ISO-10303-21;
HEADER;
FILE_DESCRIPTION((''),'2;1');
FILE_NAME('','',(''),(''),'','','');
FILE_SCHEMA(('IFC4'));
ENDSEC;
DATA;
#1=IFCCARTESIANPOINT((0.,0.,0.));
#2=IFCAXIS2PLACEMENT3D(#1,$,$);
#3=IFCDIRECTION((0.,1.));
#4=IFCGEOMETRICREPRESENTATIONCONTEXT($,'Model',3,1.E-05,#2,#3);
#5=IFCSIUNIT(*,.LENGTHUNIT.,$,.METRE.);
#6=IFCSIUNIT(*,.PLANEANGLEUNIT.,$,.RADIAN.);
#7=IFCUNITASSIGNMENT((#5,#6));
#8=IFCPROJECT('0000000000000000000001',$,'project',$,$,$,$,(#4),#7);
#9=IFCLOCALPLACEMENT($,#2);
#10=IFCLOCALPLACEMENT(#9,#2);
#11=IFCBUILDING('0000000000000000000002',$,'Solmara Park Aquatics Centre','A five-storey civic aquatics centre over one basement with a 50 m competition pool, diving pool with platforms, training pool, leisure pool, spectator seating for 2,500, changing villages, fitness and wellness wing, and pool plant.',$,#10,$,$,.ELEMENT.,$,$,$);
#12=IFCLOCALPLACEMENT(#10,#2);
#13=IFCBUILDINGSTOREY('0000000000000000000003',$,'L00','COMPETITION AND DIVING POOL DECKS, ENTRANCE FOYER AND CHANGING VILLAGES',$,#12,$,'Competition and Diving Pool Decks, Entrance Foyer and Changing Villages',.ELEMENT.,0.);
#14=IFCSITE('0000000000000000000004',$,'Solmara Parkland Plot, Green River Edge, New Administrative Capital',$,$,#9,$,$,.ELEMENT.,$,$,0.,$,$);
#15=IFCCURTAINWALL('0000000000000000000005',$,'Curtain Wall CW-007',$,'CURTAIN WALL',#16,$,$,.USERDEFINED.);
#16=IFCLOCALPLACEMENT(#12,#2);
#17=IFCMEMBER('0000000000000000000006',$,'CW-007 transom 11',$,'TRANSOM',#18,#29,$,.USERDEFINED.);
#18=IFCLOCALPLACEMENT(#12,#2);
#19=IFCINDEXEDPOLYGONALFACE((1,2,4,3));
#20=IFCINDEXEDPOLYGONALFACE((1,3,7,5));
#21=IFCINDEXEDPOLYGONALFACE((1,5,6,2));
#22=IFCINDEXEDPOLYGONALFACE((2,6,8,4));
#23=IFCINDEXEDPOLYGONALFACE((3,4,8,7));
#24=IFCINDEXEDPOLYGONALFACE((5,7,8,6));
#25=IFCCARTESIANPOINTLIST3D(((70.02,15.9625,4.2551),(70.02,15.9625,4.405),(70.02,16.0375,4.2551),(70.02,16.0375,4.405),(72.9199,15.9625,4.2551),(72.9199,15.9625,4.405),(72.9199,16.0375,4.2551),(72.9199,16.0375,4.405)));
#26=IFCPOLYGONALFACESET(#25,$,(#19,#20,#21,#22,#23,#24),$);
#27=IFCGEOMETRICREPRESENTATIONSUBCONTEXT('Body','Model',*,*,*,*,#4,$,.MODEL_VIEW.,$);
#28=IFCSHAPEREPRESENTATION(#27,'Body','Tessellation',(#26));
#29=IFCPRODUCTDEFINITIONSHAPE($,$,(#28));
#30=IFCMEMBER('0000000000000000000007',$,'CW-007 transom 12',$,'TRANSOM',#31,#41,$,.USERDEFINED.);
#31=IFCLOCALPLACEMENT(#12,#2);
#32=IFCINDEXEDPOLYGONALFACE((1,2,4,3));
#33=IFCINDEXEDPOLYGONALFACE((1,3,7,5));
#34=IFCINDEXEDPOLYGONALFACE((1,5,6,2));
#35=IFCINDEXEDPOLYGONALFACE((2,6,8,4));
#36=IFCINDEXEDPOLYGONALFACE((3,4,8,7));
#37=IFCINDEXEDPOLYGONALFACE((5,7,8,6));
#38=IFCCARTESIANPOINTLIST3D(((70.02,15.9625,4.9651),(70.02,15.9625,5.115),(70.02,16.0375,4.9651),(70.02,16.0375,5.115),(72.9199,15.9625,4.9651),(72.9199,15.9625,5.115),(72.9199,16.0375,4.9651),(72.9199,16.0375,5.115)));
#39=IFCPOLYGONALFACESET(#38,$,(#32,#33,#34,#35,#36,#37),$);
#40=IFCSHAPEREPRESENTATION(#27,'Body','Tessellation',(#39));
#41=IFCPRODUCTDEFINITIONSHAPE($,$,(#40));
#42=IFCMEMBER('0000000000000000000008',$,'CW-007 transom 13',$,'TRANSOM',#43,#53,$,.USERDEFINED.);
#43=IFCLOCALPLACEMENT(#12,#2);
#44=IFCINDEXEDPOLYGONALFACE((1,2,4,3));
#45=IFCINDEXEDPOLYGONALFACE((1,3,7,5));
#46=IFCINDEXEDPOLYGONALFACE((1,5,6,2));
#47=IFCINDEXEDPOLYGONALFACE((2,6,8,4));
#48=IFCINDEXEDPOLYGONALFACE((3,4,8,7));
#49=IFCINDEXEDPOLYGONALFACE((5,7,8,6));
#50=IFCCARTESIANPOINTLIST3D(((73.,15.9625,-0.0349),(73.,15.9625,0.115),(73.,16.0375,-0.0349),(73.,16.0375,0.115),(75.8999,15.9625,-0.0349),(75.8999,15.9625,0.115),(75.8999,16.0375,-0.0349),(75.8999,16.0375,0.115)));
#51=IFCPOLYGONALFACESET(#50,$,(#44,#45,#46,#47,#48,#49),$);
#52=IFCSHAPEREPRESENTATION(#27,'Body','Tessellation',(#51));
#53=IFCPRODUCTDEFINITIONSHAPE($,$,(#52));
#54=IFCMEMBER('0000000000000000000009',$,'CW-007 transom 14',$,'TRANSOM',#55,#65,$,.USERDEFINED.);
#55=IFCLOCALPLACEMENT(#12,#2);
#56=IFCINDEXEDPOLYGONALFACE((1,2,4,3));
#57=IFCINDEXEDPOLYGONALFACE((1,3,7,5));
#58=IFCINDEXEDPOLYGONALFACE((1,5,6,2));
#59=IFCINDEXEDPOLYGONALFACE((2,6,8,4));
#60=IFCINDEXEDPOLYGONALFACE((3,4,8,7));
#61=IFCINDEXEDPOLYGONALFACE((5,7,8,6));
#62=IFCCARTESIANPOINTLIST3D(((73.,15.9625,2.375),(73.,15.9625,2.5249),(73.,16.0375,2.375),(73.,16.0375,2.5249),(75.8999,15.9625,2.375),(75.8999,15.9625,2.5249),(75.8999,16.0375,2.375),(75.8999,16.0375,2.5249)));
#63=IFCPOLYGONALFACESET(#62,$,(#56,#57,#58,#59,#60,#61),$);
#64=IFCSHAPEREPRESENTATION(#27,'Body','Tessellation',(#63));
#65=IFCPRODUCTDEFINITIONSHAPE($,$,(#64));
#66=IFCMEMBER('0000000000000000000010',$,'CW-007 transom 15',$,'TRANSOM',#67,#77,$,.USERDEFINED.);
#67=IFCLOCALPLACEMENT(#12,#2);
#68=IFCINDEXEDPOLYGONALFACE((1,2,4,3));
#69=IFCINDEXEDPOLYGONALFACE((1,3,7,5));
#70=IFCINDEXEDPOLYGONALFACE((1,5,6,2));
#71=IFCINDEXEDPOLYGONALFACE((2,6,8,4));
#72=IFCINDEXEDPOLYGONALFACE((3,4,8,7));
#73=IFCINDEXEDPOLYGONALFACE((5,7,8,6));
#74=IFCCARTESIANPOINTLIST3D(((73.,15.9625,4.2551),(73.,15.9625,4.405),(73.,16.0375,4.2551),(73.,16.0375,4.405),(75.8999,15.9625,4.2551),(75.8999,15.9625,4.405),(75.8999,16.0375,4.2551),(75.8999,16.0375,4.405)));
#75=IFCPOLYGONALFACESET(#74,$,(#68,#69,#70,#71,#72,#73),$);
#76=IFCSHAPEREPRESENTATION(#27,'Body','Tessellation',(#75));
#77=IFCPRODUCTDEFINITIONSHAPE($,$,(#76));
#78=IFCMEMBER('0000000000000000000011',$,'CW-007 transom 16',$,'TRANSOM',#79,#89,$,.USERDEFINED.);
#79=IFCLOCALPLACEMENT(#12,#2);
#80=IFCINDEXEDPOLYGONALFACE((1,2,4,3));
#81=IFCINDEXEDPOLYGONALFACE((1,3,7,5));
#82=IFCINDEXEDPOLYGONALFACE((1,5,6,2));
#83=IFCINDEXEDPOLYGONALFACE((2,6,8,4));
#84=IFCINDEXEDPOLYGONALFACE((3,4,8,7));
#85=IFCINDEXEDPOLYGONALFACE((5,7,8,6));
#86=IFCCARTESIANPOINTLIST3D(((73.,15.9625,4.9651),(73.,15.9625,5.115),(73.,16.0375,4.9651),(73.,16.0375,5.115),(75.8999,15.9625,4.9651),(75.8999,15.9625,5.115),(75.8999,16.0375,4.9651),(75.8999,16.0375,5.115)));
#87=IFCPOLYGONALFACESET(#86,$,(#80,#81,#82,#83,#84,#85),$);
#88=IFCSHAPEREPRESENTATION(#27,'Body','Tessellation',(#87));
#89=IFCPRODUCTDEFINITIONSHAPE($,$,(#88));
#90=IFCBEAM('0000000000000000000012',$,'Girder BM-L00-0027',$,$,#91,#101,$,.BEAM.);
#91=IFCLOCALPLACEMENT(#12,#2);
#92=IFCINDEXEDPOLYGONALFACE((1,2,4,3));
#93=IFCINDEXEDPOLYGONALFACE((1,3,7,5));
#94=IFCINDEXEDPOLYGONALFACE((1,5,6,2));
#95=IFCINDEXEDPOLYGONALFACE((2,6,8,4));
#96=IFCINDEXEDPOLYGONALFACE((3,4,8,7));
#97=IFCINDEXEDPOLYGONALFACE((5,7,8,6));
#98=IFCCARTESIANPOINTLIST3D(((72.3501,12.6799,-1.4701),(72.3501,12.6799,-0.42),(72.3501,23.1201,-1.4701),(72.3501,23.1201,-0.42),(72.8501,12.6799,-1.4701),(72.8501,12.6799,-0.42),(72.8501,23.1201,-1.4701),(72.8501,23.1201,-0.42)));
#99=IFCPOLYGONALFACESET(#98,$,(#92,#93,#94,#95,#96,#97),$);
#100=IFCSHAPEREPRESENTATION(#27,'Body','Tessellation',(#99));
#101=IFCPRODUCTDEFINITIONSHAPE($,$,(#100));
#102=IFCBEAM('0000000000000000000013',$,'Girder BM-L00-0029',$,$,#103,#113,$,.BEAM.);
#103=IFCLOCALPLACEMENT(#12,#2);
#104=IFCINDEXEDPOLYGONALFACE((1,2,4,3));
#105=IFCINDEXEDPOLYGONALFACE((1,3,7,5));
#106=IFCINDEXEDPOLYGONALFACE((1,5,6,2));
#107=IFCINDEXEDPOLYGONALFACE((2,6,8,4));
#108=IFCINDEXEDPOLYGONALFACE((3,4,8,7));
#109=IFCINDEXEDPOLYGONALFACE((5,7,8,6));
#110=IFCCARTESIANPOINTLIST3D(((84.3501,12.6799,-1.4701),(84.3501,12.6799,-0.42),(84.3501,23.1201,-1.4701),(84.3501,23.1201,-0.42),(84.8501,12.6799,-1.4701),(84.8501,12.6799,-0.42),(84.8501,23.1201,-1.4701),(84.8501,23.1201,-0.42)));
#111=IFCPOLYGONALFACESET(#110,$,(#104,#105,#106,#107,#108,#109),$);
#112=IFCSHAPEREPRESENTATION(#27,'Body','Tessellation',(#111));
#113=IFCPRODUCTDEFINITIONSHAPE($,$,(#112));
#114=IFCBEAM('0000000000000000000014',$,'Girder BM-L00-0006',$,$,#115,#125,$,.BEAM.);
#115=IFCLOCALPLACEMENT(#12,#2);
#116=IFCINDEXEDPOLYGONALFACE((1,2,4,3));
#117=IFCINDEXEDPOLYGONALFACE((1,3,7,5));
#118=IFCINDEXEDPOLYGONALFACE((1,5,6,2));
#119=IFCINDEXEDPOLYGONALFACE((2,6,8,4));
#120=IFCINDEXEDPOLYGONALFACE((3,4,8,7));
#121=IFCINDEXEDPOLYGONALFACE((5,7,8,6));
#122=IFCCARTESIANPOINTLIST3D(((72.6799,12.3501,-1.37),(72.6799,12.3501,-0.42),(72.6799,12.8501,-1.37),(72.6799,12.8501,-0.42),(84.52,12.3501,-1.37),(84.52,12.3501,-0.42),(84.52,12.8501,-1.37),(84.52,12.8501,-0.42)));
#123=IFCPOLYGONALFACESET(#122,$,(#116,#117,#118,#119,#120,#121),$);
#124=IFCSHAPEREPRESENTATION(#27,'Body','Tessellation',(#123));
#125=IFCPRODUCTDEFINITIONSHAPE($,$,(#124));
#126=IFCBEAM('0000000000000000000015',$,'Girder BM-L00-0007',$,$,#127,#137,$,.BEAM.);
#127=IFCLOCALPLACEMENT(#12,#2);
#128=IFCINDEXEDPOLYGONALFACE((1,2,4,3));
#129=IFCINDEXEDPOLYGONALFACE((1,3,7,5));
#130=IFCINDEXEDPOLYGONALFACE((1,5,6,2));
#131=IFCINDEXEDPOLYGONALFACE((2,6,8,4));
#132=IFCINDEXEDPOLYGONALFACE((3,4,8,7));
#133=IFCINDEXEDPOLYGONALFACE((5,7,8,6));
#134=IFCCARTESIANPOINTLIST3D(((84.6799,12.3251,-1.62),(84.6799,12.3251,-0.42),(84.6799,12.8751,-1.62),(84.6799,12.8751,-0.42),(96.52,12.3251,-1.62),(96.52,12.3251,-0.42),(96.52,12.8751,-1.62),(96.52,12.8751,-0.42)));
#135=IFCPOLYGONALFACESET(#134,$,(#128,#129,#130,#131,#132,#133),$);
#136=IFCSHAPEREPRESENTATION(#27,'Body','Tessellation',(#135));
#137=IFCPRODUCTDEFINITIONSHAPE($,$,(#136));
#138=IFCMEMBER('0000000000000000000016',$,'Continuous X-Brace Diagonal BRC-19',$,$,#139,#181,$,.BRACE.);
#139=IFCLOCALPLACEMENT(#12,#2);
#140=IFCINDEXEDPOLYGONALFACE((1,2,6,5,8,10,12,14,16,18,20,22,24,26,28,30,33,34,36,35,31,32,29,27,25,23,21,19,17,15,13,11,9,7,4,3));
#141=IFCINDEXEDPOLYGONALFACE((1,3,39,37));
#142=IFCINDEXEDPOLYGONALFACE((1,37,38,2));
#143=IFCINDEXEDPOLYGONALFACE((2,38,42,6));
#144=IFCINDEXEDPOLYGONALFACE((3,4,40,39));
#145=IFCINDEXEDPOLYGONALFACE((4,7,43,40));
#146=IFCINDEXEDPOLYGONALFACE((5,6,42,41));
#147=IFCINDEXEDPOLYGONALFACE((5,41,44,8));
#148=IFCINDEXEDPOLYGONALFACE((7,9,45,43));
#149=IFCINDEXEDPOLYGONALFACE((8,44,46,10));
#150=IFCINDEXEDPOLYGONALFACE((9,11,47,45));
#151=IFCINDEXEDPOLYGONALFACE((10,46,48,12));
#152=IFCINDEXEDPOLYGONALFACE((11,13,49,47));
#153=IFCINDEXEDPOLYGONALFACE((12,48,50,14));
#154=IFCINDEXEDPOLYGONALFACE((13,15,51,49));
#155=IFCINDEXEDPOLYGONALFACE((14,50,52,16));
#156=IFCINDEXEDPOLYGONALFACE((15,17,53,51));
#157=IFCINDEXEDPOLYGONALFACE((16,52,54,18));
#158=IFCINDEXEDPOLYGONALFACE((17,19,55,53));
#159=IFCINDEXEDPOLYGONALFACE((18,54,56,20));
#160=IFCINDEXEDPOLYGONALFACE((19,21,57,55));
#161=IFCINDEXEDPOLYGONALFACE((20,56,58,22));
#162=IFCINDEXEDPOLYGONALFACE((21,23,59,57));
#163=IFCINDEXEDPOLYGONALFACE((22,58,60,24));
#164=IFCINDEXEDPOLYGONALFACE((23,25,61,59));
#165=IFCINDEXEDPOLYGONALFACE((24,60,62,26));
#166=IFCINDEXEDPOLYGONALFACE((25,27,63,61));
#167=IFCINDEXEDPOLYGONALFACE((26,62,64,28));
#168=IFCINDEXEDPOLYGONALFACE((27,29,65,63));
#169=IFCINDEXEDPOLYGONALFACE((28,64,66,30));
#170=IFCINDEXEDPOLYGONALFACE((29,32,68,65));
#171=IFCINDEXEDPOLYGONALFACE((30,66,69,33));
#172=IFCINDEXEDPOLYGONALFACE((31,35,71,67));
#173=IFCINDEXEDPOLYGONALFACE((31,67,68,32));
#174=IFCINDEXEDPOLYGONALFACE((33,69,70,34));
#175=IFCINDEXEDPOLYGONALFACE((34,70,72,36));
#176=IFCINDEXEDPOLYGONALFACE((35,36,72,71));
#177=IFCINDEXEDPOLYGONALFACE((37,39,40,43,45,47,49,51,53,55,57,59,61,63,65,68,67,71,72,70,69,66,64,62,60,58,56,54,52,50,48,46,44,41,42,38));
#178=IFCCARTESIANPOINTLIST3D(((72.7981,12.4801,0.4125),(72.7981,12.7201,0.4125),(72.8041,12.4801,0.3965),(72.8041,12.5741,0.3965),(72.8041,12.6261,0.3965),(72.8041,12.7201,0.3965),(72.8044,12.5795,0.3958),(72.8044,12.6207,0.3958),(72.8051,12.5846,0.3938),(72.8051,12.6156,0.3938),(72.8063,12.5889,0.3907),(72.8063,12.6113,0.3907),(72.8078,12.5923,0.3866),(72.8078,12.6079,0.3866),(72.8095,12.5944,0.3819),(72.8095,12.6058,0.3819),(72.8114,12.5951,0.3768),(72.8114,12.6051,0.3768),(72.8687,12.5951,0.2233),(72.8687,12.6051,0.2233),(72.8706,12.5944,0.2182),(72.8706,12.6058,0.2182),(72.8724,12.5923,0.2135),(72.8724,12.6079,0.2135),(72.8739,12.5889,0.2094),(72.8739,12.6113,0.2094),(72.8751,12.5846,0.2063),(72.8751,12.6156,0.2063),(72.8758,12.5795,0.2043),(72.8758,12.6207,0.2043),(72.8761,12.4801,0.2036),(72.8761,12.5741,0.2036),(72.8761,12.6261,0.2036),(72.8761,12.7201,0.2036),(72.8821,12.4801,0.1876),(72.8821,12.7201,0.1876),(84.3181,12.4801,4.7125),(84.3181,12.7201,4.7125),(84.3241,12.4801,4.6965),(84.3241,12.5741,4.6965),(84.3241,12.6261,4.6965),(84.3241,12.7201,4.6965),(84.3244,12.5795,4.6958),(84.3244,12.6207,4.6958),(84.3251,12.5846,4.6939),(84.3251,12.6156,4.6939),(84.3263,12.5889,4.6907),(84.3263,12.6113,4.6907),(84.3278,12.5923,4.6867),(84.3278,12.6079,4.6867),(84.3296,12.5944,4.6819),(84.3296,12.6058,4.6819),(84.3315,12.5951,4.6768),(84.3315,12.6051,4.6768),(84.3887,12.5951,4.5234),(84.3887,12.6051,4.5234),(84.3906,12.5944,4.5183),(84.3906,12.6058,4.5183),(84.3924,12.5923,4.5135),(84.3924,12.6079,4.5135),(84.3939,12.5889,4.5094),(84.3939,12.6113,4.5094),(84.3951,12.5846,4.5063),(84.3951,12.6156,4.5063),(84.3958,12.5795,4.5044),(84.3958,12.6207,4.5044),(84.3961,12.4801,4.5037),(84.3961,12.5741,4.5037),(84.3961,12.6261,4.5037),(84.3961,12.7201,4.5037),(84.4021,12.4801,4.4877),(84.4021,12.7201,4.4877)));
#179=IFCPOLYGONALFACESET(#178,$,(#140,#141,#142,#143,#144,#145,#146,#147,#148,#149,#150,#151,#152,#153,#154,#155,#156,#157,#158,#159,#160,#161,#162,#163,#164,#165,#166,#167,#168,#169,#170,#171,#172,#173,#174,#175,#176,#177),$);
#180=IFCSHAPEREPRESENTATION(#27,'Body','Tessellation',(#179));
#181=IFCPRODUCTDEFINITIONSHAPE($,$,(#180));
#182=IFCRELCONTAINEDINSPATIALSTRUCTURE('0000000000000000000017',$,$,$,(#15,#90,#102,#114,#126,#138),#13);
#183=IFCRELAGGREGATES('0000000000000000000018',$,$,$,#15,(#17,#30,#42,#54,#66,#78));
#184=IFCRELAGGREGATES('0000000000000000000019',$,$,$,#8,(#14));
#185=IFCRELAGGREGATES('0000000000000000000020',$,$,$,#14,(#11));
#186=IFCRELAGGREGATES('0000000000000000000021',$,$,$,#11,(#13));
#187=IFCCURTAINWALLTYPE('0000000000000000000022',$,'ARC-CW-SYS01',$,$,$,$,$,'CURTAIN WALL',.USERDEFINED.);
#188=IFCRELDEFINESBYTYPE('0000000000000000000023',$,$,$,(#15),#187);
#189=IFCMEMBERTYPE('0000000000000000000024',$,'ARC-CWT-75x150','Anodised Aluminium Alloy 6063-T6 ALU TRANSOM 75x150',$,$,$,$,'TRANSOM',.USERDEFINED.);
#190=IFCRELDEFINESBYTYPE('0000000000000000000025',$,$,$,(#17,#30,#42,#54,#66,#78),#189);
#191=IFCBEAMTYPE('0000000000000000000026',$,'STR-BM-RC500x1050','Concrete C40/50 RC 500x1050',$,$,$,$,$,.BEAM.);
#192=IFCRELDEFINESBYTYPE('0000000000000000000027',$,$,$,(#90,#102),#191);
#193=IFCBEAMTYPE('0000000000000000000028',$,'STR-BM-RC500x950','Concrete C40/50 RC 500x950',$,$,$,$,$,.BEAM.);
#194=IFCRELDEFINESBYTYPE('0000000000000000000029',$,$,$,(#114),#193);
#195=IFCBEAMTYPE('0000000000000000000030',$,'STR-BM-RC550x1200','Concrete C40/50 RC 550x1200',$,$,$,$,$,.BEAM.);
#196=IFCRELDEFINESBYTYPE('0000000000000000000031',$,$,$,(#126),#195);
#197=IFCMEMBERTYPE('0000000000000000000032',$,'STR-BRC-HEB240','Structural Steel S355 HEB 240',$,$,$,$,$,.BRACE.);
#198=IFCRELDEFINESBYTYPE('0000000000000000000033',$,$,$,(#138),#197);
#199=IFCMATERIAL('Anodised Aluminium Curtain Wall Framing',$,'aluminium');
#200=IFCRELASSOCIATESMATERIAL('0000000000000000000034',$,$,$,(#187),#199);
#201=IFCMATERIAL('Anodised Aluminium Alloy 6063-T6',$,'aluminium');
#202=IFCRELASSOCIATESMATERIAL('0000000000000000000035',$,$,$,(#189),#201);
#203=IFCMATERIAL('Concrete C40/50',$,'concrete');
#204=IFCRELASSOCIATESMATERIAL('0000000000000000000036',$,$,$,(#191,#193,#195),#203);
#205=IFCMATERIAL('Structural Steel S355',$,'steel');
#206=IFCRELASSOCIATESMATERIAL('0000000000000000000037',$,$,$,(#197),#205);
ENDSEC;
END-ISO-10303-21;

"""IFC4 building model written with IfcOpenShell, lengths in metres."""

from ifc_helpers import new_model, si_unit, direction, frame, origin, origin_2d, place, context, subcontext, project, spatial, rectangle, i_section, extrude, material, material_profile, profile_set, type_object, element, aggregate, save


model = new_model("IFC4")

# Units and contexts
model_context = context("Model", 3, precision=1e-05, world=origin(), true_north=direction((0.0, 1.0)))
body_context = subcontext(model_context, "Body", "Model", "MODEL_VIEW")
ifc_project = project(units=[si_unit("LENGTHUNIT", "METRE"), si_unit("PLANEANGLEUNIT", "RADIAN")], contexts=[model_context])

# Site, building, storey
site_placement = place(None, origin())
site = spatial("IfcSite", under=ifc_project, at=site_placement, Name="Solmara Parkland Plot, Green River Edge, New Administrative Capital", CompositionType="ELEMENT", RefElevation=0.0)
building_placement = place(site_placement, origin())
building = spatial("IfcBuilding", under=site, at=building_placement, Name="Solmara Park Aquatics Centre", Description="A five-storey civic aquatics centre over one basement with a 50 m competition pool, diving pool with platforms, training pool, leisure pool, spectator seating for 2,500, changing villages, fitness and wellness wing, and pool plant.", CompositionType="ELEMENT")
storey_placement = place(building_placement, origin())
storey = spatial("IfcBuildingStorey", under=building, at=storey_placement, Name="L00", Description="COMPETITION AND DIVING POOL DECKS, ENTRANCE FOYER AND CHANGING VILLAGES", LongName="Competition and Diving Pool Decks, Entrance Foyer and Changing Villages", CompositionType="ELEMENT", Elevation=0.0)

# Shared definitions
ifc_material_1 = material(Name="Structural Steel S355", Category="steel")

# Curtain wall
ifc_material_2 = material(Name="Anodised Aluminium Curtain Wall Framing", Category="aluminium")
curtain_wall_type = type_object("IfcCurtainWallType", Name="ARC-CW-SYS01", ElementType="CURTAIN WALL", PredefinedType="USERDEFINED", material=ifc_material_2)
curtain_wall_1_placement = place(storey_placement, origin())
curtain_wall_1 = element("IfcCurtainWall", 1, at=curtain_wall_1_placement, inside=storey, type_object=curtain_wall_type, Name="Curtain Wall CW-007", ObjectType="CURTAIN WALL", PredefinedType="USERDEFINED")
ifc_material_3 = material(Name="Anodised Aluminium Alloy 6063-T6", Category="aluminium")

# Members
ifc_material_profile_1 = material_profile(ifc_material_3, rectangle(XDim=0.075, YDim=0.1499, at=origin_2d()), Name="ALU TRANSOM 75x150")
ifc_profile_set_1 = profile_set([ifc_material_profile_1], Name="Anodised Aluminium Alloy 6063-T6")
member_type_1 = type_object("IfcMemberType", Name="ARC-CWT-75x150", Description="Anodised Aluminium Alloy 6063-T6 ALU TRANSOM 75x150", ElementType="TRANSOM", PredefinedType="USERDEFINED", material=ifc_profile_set_1)
member_1_placement = place(storey_placement, frame((70.02, 16.0, 4.3301), z_axis=(1.0, 0.0, 0.0), x_axis=(0.0, 1.0, 0.0)))
member_1 = element("IfcMember", 2, at=member_1_placement, type_object=member_type_1, Name="CW-007 transom 11", ObjectType="TRANSOM", PredefinedType="USERDEFINED", context=body_context, shape_type="SweptSolid", body=[
    extrude(rectangle(XDim=0.075, YDim=0.1499, at=origin_2d()), origin(), (0.0, 0.0, 1.0), 2.8999),
])
member_2_placement = place(storey_placement, frame((70.02, 16.0, 5.04), z_axis=(1.0, 0.0, 0.0), x_axis=(0.0, 1.0, 0.0)))
member_2 = element("IfcMember", 3, at=member_2_placement, type_object=member_type_1, Name="CW-007 transom 12", ObjectType="TRANSOM", PredefinedType="USERDEFINED", context=body_context, shape_type="SweptSolid", body=[
    extrude(rectangle(XDim=0.075, YDim=0.1499, at=origin_2d()), origin(), (0.0, 0.0, 1.0), 2.8999),
])
member_3_placement = place(storey_placement, frame((73.0, 16.0, 0.04), z_axis=(1.0, 0.0, 0.0), x_axis=(0.0, 1.0, 0.0)))
member_3 = element("IfcMember", 4, at=member_3_placement, type_object=member_type_1, Name="CW-007 transom 13", ObjectType="TRANSOM", PredefinedType="USERDEFINED", context=body_context, shape_type="SweptSolid", body=[
    extrude(rectangle(XDim=0.075, YDim=0.1499, at=origin_2d()), origin(), (0.0, 0.0, 1.0), 2.8999),
])
member_4_placement = place(storey_placement, frame((73.0, 16.0, 2.45), z_axis=(1.0, 0.0, 0.0), x_axis=(0.0, 1.0, 0.0)))
member_4 = element("IfcMember", 5, at=member_4_placement, type_object=member_type_1, Name="CW-007 transom 14", ObjectType="TRANSOM", PredefinedType="USERDEFINED", context=body_context, shape_type="SweptSolid", body=[
    extrude(rectangle(XDim=0.075, YDim=0.1499, at=origin_2d()), origin(), (0.0, 0.0, 1.0), 2.8999),
])
member_5_placement = place(storey_placement, frame((73.0, 16.0, 4.3301), z_axis=(1.0, 0.0, 0.0), x_axis=(0.0, 1.0, 0.0)))
member_5 = element("IfcMember", 6, at=member_5_placement, type_object=member_type_1, Name="CW-007 transom 15", ObjectType="TRANSOM", PredefinedType="USERDEFINED", context=body_context, shape_type="SweptSolid", body=[
    extrude(rectangle(XDim=0.075, YDim=0.1499, at=origin_2d()), origin(), (0.0, 0.0, 1.0), 2.8999),
])
member_6_placement = place(storey_placement, frame((73.0, 16.0, 5.04), z_axis=(1.0, 0.0, 0.0), x_axis=(0.0, 1.0, 0.0)))
member_6 = element("IfcMember", 7, at=member_6_placement, type_object=member_type_1, Name="CW-007 transom 16", ObjectType="TRANSOM", PredefinedType="USERDEFINED", context=body_context, shape_type="SweptSolid", body=[
    extrude(rectangle(XDim=0.075, YDim=0.1499, at=origin_2d()), origin(), (0.0, 0.0, 1.0), 2.8999),
])

# Beams
ifc_material_4 = material(Name="Concrete C40/50", Category="concrete")
ifc_material_profile_2 = material_profile(ifc_material_4, rectangle(XDim=0.5, YDim=1.05, at=origin_2d()), Name="RC 500x1050")
ifc_profile_set_2 = profile_set([ifc_material_profile_2], Name="Concrete C40/50")
beam_type_1 = type_object("IfcBeamType", Name="STR-BM-RC500x1050", Description="Concrete C40/50 RC 500x1050", PredefinedType="BEAM", material=ifc_profile_set_2)
for number, where, z_axis, x_axis, name in (
    (8, (72.6001, 12.6799, -0.9451), (0.0, 1.0, 0.0), (-1.0, 0.0, 0.0), "Girder BM-L00-0027"),
    (9, (84.6001, 12.6799, -0.9451), (0.0, 1.0, 0.0), (-1.0, 0.0, 0.0), "Girder BM-L00-0029"),
):
    element("IfcBeam", number, at=place(storey_placement, frame(where, z_axis=z_axis, x_axis=x_axis)), inside=storey, type_object=beam_type_1, Name=name, PredefinedType="BEAM", context=body_context, shape_type="SweptSolid", body=[
        extrude(rectangle(XDim=0.5, YDim=1.05, at=origin_2d()), origin(), (0.0, 0.0, 1.0), 10.4402),
    ])
ifc_material_profile_3 = material_profile(ifc_material_4, rectangle(XDim=0.5, YDim=0.95, at=origin_2d()), Name="RC 500x950")
ifc_profile_set_3 = profile_set([ifc_material_profile_3], Name="Concrete C40/50")
beam_type_2 = type_object("IfcBeamType", Name="STR-BM-RC500x950", Description="Concrete C40/50 RC 500x950", PredefinedType="BEAM", material=ifc_profile_set_3)
beam_1_placement = place(storey_placement, frame((72.6799, 12.6001, -0.895), z_axis=(1.0, 0.0, 0.0), x_axis=(0.0, 1.0, 0.0)))
element("IfcBeam", 10, at=beam_1_placement, inside=storey, type_object=beam_type_2, Name="Girder BM-L00-0006", PredefinedType="BEAM", context=body_context, shape_type="SweptSolid", body=[
    extrude(rectangle(XDim=0.5, YDim=0.95, at=origin_2d()), origin(), (0.0, 0.0, 1.0), 11.8401),
])
ifc_material_profile_4 = material_profile(ifc_material_4, rectangle(XDim=0.55, YDim=1.2, at=origin_2d()), Name="RC 550x1200")
ifc_profile_set_4 = profile_set([ifc_material_profile_4], Name="Concrete C40/50")
beam_type_3 = type_object("IfcBeamType", Name="STR-BM-RC550x1200", Description="Concrete C40/50 RC 550x1200", PredefinedType="BEAM", material=ifc_profile_set_4)
beam_2_placement = place(storey_placement, frame((84.6799, 12.6001, -1.02), z_axis=(1.0, 0.0, 0.0), x_axis=(0.0, 1.0, 0.0)))
element("IfcBeam", 11, at=beam_2_placement, inside=storey, type_object=beam_type_3, Name="Girder BM-L00-0007", PredefinedType="BEAM", context=body_context, shape_type="SweptSolid", body=[
    extrude(rectangle(XDim=0.55, YDim=1.2, at=origin_2d()), origin(), (0.0, 0.0, 1.0), 11.8401),
])

# Member
ifc_material_profile_5 = material_profile(ifc_material_1, i_section(OverallWidth=0.24, OverallDepth=0.24, WebThickness=0.01, FlangeThickness=0.0171, FilletRadius=0.021, at=origin_2d()), Name="HEB 240")
ifc_profile_set_5 = profile_set([ifc_material_profile_5], Name="Structural Steel S355")
member_type_2 = type_object("IfcMemberType", Name="STR-BRC-HEB240", Description="Structural Steel S355 HEB 240", PredefinedType="BRACE", material=ifc_profile_set_5)
member_7_placement = place(storey_placement, frame((72.8401, 12.6001, 0.3), z_axis=(0.936862, 0.0, 0.3497), x_axis=(0.0, 1.0, 0.0)))
element("IfcMember", 12, at=member_7_placement, inside=storey, type_object=member_type_2, Name="Continuous X-Brace Diagonal BRC-19", PredefinedType="BRACE", context=body_context, shape_type="SweptSolid", body=[
    extrude(i_section(OverallWidth=0.24, OverallDepth=0.24, WebThickness=0.01, FlangeThickness=0.0171, FilletRadius=0.021, at=origin_2d()), origin(), (0.0, 0.0, 1.0), 12.2964),
])

aggregate(curtain_wall_1, [member_1, member_2, member_3, member_4, member_5, member_6])

save(model, "model.ifc")
